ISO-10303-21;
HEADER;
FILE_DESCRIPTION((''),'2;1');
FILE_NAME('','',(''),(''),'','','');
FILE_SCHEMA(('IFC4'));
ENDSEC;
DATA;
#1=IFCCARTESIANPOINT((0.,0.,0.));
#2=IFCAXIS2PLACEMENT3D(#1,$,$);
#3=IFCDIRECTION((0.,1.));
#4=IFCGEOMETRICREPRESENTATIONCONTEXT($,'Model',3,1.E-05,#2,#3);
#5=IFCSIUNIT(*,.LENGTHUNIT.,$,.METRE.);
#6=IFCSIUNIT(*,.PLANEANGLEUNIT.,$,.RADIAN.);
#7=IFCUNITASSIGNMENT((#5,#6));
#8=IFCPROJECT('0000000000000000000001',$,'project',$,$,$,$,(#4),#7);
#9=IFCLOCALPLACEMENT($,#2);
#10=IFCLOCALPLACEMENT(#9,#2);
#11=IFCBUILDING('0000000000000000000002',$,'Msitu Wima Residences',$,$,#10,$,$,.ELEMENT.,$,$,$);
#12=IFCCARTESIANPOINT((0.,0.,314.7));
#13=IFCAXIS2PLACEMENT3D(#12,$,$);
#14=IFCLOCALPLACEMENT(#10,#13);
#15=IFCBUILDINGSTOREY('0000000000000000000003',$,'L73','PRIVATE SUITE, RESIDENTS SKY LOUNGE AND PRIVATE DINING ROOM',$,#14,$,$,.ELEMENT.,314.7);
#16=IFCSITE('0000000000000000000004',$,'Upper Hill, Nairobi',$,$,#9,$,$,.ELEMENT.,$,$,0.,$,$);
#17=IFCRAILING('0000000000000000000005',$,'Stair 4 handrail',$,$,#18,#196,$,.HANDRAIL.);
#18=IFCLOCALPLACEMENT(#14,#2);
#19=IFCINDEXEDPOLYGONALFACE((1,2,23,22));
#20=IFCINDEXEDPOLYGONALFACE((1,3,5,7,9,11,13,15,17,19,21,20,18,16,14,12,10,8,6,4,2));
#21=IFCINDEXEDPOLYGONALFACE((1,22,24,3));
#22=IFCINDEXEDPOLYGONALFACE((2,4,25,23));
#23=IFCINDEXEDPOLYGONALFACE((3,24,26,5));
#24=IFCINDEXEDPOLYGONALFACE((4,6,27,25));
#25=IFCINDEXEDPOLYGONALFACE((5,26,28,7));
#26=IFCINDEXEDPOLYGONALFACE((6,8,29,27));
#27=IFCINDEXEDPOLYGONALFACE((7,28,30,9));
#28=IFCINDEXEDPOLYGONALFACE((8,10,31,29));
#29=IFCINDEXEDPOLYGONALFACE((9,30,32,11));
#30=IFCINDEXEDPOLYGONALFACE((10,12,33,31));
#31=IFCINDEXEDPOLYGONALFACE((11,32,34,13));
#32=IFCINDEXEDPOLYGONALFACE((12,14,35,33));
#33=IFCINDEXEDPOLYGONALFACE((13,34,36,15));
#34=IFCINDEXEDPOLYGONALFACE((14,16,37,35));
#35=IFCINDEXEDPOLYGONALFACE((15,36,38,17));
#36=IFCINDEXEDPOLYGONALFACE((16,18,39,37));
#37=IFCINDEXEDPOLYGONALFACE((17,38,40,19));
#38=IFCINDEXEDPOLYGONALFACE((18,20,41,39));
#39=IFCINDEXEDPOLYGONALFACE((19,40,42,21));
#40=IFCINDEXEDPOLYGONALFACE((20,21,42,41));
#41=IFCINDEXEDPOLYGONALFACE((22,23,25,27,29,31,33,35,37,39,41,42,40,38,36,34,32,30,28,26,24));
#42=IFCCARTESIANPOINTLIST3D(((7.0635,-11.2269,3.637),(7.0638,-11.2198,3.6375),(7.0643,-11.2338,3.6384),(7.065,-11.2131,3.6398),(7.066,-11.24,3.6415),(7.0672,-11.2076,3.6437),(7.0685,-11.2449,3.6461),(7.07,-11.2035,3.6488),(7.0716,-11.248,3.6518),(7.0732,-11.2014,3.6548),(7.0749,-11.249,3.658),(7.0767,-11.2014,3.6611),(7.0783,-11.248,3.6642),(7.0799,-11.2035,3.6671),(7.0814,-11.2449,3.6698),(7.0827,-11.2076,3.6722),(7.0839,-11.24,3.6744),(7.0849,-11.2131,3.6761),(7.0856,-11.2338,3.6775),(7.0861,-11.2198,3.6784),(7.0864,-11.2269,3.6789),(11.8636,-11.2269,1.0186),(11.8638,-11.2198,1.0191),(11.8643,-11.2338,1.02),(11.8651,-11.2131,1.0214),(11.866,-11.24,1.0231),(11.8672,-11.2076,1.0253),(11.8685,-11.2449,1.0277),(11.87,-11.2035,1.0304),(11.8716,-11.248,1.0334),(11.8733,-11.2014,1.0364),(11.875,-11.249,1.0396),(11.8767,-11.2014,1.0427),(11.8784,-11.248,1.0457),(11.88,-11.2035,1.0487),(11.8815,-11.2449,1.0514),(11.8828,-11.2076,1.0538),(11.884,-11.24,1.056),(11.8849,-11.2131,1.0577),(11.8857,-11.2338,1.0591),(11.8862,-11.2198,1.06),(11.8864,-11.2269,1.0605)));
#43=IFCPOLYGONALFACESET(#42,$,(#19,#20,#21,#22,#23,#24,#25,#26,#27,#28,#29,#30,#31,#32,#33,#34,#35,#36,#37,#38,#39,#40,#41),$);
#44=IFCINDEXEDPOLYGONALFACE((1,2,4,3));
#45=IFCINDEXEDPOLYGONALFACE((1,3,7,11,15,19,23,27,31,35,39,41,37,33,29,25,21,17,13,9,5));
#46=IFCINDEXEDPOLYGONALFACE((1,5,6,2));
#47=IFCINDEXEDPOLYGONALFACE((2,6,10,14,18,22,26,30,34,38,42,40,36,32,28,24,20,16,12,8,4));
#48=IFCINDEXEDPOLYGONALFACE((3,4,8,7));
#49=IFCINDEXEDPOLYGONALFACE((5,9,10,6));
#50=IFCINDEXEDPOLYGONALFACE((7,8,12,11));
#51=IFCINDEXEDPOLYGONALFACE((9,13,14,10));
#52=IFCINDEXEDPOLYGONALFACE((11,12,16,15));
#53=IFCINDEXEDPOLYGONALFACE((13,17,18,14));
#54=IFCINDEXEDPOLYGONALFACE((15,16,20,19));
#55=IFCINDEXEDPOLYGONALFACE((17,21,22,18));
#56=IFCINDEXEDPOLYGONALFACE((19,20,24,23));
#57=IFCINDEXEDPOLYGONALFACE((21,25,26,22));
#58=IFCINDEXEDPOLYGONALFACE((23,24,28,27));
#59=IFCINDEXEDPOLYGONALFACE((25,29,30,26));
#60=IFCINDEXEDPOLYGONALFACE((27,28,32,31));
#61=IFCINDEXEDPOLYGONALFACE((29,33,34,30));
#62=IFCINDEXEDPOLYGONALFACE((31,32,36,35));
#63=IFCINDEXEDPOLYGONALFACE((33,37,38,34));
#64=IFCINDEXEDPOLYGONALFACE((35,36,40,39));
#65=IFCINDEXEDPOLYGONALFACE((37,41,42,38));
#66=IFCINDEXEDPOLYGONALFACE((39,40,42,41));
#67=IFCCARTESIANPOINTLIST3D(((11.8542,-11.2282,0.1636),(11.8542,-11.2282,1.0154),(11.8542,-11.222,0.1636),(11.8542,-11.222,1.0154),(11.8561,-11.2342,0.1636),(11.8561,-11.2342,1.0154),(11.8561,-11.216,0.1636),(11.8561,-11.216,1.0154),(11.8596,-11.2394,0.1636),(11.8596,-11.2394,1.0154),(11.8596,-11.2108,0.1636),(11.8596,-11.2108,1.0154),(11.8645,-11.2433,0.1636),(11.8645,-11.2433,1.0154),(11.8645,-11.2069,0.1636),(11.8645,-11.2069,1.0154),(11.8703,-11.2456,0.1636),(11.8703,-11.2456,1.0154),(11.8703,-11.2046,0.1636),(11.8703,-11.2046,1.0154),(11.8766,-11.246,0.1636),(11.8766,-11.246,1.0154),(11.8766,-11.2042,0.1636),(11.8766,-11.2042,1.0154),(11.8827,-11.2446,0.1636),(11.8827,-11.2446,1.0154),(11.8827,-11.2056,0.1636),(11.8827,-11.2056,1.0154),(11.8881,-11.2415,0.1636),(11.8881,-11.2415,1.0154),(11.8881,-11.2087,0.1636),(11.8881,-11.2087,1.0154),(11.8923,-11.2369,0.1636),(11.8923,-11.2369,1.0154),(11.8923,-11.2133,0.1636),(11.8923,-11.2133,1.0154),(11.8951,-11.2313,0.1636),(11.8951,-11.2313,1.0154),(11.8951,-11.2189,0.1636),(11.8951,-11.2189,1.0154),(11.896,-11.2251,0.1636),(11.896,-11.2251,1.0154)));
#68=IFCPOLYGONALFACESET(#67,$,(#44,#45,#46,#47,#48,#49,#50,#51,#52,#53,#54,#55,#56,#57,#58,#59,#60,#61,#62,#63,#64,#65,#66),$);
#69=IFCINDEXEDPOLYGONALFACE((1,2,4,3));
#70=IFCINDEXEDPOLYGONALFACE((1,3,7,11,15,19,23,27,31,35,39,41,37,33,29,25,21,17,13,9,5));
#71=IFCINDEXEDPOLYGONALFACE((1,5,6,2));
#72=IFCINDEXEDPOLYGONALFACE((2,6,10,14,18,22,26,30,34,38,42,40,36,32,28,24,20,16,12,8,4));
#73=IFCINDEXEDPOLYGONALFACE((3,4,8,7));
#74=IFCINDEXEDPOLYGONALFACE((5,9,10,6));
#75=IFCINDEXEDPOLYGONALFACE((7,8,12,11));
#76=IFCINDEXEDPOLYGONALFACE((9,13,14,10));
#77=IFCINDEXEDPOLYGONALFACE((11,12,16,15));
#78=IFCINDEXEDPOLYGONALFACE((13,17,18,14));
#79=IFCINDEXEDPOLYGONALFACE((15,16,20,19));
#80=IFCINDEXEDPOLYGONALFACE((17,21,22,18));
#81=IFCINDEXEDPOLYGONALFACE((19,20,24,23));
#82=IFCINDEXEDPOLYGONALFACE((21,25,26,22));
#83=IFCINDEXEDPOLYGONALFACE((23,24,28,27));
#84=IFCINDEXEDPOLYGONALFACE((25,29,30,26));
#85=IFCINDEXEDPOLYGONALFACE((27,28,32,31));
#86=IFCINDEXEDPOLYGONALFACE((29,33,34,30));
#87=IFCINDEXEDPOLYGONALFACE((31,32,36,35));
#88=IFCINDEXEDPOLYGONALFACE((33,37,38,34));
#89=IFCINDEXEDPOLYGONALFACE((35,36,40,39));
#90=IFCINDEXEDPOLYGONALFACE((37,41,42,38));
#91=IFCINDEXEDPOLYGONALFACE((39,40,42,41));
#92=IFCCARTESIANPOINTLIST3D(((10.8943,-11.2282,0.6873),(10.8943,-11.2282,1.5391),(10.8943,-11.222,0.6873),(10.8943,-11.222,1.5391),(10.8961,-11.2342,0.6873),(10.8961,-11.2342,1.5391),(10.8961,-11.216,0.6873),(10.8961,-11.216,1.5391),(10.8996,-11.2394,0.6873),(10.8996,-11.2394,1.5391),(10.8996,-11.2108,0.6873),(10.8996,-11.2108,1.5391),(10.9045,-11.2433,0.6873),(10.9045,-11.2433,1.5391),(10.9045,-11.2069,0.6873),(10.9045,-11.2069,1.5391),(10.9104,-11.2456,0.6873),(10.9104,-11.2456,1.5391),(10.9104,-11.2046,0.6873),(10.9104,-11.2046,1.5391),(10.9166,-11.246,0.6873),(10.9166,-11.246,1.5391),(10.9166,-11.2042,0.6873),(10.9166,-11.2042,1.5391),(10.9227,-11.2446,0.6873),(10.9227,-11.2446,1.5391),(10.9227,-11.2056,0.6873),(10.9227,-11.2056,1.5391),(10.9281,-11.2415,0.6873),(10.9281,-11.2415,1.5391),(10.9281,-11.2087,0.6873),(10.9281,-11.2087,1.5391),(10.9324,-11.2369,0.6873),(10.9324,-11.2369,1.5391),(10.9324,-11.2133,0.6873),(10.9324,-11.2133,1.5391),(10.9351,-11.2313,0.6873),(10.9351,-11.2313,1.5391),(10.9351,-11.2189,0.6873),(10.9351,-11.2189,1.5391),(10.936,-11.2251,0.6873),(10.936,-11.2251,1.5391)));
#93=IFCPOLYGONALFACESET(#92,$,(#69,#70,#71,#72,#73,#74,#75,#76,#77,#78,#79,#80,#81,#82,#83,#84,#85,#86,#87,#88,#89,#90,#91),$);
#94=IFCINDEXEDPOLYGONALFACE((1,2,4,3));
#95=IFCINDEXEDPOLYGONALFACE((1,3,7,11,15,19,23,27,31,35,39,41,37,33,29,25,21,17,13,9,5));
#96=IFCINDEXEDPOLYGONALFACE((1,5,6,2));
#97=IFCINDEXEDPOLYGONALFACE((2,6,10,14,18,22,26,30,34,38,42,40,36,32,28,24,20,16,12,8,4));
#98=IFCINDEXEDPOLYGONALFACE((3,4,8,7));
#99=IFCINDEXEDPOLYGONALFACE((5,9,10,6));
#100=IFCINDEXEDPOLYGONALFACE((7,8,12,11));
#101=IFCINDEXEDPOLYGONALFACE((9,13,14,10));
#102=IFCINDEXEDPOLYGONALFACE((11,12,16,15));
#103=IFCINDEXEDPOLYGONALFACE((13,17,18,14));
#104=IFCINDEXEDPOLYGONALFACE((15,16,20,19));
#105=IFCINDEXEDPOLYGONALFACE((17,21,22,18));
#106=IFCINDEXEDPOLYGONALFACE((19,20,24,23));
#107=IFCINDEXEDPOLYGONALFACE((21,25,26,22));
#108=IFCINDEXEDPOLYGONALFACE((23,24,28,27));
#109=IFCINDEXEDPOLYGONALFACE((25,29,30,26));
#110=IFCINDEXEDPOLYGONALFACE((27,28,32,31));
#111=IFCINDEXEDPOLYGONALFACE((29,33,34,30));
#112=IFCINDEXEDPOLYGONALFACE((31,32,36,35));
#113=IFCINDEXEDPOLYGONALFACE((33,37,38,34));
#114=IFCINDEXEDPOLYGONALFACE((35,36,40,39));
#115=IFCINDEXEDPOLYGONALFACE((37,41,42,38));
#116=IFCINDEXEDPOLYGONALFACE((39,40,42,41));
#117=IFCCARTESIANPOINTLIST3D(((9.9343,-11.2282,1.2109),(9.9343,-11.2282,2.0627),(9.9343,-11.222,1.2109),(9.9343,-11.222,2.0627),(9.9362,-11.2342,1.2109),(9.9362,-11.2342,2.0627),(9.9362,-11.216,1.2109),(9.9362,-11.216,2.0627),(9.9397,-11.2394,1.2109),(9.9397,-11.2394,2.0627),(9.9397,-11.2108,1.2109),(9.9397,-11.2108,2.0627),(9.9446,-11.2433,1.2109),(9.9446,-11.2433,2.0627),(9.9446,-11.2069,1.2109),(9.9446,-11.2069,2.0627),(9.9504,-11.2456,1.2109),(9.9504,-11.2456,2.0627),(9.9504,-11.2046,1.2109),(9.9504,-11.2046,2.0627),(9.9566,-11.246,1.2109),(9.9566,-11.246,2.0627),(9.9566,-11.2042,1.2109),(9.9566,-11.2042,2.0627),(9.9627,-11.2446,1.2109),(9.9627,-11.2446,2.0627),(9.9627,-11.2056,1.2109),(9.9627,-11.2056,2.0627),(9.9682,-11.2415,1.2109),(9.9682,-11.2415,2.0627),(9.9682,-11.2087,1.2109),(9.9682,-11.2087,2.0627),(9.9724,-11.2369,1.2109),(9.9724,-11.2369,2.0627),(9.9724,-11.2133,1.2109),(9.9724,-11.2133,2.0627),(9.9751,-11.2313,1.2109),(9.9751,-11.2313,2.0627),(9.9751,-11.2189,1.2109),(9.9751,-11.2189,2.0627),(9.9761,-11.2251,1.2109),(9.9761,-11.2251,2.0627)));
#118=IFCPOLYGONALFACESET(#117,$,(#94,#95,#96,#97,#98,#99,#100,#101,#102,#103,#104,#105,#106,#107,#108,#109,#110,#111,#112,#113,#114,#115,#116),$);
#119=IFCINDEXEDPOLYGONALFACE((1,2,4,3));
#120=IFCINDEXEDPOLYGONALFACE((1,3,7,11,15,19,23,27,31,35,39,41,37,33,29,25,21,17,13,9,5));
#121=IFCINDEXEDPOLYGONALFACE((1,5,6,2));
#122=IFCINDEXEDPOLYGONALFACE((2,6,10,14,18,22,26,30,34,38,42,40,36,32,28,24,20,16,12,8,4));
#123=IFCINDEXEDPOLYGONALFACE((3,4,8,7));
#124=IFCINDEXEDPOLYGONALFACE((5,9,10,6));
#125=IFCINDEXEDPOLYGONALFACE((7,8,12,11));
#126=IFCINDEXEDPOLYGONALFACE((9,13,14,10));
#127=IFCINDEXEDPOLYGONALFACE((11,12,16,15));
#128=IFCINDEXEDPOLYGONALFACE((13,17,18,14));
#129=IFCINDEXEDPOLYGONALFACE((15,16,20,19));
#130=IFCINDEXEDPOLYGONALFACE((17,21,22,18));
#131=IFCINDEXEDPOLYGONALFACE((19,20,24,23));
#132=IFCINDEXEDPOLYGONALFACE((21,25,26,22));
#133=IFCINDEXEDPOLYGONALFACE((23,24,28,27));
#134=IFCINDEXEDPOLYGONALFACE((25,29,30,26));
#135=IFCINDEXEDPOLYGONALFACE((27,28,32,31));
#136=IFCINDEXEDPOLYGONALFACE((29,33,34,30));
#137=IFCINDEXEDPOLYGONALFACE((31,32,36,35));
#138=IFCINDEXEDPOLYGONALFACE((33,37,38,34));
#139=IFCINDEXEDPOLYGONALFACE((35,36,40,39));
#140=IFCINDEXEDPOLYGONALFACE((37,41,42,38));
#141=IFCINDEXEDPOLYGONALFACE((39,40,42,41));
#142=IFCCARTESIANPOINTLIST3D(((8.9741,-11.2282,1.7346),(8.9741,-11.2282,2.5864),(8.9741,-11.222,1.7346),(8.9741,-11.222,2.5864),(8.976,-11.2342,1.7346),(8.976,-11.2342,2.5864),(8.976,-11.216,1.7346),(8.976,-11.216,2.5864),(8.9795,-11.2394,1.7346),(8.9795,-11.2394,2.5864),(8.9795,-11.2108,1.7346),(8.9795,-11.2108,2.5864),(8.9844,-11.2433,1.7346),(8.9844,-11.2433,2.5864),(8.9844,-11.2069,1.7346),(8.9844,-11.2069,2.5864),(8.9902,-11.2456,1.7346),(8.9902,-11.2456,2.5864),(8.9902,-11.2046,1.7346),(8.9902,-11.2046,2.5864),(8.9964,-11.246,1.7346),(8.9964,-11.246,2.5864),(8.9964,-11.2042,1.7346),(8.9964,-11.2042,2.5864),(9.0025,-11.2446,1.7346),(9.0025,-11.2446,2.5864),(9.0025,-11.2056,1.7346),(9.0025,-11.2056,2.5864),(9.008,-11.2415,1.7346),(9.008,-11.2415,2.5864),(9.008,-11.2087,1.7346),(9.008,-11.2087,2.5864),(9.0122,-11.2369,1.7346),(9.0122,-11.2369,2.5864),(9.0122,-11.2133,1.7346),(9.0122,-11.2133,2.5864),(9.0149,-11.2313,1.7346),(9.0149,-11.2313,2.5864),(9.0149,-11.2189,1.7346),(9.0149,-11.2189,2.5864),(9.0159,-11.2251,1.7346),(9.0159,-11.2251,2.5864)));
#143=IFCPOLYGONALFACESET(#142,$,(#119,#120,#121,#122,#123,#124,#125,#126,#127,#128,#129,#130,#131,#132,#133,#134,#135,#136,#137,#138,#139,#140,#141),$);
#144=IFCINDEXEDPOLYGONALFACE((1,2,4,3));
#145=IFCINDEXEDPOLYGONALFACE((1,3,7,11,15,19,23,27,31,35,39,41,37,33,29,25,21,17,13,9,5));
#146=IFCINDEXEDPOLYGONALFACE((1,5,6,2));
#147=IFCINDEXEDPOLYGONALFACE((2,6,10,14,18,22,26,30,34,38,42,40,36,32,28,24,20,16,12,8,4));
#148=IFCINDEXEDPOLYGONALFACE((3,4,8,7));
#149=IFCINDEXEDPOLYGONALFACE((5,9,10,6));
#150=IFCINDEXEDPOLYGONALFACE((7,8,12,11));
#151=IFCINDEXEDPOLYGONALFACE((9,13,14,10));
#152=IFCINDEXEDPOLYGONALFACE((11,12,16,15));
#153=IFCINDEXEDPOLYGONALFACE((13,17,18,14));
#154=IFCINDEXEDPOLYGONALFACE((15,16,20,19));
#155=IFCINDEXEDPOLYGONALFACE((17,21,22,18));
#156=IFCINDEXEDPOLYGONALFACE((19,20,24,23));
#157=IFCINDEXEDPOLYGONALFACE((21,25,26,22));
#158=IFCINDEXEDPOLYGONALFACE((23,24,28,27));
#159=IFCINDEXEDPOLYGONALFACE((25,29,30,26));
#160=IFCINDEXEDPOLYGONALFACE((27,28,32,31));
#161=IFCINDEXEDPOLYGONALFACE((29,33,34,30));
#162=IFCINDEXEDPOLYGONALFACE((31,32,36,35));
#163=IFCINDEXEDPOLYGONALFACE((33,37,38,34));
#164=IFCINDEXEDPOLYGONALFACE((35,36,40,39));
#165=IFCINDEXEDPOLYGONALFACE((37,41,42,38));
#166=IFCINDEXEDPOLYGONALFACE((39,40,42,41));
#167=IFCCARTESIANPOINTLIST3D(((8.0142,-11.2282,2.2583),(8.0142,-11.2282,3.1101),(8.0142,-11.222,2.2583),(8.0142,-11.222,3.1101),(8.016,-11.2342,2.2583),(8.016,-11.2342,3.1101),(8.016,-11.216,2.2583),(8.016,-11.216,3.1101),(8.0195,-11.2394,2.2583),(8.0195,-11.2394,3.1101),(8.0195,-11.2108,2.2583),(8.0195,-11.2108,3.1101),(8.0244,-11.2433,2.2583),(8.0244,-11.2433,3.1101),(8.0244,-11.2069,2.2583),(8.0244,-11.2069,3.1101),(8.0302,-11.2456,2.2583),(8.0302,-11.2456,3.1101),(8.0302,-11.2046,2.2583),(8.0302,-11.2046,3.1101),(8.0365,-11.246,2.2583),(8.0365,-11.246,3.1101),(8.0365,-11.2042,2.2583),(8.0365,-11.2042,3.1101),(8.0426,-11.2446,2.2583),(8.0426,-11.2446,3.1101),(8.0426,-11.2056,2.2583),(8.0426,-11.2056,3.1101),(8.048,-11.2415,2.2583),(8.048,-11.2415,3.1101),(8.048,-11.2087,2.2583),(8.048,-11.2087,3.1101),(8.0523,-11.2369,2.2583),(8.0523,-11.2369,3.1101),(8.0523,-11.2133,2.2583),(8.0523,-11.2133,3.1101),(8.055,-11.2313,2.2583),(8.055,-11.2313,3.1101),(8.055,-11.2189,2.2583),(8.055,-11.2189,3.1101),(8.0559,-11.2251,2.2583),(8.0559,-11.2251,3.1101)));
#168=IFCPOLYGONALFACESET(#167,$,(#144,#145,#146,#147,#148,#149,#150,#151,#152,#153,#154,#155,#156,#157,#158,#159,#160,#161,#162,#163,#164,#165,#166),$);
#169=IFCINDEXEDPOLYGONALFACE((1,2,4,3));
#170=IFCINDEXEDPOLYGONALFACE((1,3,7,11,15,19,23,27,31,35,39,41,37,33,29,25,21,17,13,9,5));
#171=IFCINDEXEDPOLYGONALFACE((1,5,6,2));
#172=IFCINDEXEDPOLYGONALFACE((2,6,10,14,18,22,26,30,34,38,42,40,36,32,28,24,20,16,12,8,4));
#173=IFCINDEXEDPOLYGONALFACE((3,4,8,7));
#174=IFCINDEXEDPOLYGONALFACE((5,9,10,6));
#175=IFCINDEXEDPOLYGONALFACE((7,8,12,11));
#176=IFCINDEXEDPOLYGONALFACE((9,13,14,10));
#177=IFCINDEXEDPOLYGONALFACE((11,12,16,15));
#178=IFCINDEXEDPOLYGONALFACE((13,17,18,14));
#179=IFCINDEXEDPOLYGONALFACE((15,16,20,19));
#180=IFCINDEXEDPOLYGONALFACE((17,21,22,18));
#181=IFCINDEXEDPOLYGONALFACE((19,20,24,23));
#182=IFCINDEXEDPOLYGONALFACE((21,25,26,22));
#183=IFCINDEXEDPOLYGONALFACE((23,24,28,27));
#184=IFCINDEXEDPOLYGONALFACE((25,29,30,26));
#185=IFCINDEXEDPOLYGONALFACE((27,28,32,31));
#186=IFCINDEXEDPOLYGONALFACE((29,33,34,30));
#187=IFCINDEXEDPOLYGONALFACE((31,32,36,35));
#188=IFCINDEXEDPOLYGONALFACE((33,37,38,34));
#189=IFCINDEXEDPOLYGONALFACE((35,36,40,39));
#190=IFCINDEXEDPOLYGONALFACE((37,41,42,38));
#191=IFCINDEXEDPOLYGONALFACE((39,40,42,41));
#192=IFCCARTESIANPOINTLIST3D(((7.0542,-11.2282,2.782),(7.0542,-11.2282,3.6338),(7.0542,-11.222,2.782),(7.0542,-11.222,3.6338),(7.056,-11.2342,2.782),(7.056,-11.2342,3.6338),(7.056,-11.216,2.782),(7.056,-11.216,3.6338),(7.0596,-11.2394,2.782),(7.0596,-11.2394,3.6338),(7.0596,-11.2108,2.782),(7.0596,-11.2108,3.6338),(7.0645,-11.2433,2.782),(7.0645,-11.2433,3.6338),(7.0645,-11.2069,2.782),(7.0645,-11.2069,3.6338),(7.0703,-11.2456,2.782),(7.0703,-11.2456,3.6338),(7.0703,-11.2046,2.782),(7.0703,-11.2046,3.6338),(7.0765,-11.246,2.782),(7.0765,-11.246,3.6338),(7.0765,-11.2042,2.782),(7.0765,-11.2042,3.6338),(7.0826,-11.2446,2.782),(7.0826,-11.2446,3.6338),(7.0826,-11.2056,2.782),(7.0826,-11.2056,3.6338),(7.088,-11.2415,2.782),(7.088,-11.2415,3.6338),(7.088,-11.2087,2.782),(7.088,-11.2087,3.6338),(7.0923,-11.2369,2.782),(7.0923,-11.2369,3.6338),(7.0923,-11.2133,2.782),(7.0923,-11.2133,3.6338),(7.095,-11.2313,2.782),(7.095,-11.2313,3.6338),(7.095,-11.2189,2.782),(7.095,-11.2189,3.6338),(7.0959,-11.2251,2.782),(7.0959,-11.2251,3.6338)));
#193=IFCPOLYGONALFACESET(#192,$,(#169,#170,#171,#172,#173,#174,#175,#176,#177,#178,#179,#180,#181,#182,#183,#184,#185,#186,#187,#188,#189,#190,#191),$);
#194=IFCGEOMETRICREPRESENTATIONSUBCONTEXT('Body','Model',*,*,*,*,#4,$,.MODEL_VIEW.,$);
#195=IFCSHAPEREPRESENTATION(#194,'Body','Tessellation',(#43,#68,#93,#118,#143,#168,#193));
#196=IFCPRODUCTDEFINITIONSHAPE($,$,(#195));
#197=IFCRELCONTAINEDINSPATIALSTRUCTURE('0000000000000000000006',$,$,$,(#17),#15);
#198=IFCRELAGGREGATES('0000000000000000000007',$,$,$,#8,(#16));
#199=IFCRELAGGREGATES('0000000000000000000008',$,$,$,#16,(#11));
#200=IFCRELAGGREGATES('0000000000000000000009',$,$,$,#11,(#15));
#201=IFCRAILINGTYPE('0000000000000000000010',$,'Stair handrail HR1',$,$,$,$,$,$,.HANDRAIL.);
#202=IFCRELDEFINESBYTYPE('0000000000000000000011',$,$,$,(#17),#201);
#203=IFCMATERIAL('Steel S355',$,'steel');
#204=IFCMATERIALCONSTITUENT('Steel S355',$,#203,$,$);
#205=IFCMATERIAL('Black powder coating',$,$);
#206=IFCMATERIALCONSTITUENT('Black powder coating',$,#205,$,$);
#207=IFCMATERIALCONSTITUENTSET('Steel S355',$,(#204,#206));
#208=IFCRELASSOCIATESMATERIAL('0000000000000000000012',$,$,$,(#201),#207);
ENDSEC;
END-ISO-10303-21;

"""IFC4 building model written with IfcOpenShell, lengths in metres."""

from ifc_helpers import new_model, si_unit, direction, frame, origin, origin_2d, place, context, subcontext, project, spatial, circle, extrude, material, constituent, constituent_set, type_object, element, save


model = new_model("IFC4")

# Units and contexts
model_context = context("Model", 3, precision=1e-05, world=origin(), true_north=direction((0.0, 1.0)))
body_context = subcontext(model_context, "Body", "Model", "MODEL_VIEW")
ifc_project = project(units=[si_unit("LENGTHUNIT", "METRE"), si_unit("PLANEANGLEUNIT", "RADIAN")], contexts=[model_context])

# Site, building, storey
site_placement = place(None, origin())
site = spatial("IfcSite", under=ifc_project, at=site_placement, Name="Upper Hill, Nairobi", CompositionType="ELEMENT", RefElevation=0.0)
building_placement = place(site_placement, origin())
building = spatial("IfcBuilding", under=site, at=building_placement, Name="Msitu Wima Residences", CompositionType="ELEMENT")
storey_placement = place(building_placement, frame((0.0, 0.0, 314.7)))
storey = spatial("IfcBuildingStorey", under=building, at=storey_placement, Name="L73", Description="PRIVATE SUITE, RESIDENTS SKY LOUNGE AND PRIVATE DINING ROOM", CompositionType="ELEMENT", Elevation=314.7)

# Railing
ifc_material_1 = material(Name="Steel S355", Category="steel")
ifc_constituent_1 = constituent(ifc_material_1, Name="Steel S355")
ifc_material_2 = material(Name="Black powder coating")
ifc_constituent_2 = constituent(ifc_material_2, Name="Black powder coating")
ifc_constituent_set = constituent_set(constituents=[ifc_constituent_1, ifc_constituent_2], Name="Steel S355")
railing_type = type_object("IfcRailingType", Name="Stair handrail HR1", PredefinedType="HANDRAIL", material=ifc_constituent_set)
for number, where, name in (
    (1, (11.875, -11.2251, 0.1636), "Stair 4 handrail"),
):
    element("IfcRailing", number, at=place(storey_placement, frame(where)), inside=storey, type_object=railing_type, Name=name, PredefinedType="HANDRAIL", context=body_context, shape_type="SweptSolid", body=[
        extrude(circle(Radius=0.0239, at=origin_2d()), frame((0.0, 0.0, 0.876), z_axis=(-0.87788, 0.0, 0.47888), x_axis=(0.0, -1.0, 0.0)), (0.0, 0.0, 1.0), 5.4678),
        extrude(circle(Radius=0.021, at=origin_2d()), origin(), (0.0, 0.0, 1.0), 0.8518),
        extrude(circle(Radius=0.021, at=origin_2d()), frame((-0.96, 0.0, 0.5237)), (0.0, 0.0, 1.0), 0.8518),
        extrude(circle(Radius=0.021, at=origin_2d()), frame((-1.9199, 0.0, 1.0474)), (0.0, 0.0, 1.0), 0.8518),
        extrude(circle(Radius=0.021, at=origin_2d()), frame((-2.8801, 0.0, 1.571)), (0.0, 0.0, 1.0), 0.8518),
        extrude(circle(Radius=0.021, at=origin_2d()), frame((-3.8401, 0.0, 2.0947)), (0.0, 0.0, 1.0), 0.8518),
        extrude(circle(Radius=0.021, at=origin_2d()), frame((-4.8, 0.0, 2.6184)), (0.0, 0.0, 1.0), 0.8518),
    ])

save(model, "model.ifc")
